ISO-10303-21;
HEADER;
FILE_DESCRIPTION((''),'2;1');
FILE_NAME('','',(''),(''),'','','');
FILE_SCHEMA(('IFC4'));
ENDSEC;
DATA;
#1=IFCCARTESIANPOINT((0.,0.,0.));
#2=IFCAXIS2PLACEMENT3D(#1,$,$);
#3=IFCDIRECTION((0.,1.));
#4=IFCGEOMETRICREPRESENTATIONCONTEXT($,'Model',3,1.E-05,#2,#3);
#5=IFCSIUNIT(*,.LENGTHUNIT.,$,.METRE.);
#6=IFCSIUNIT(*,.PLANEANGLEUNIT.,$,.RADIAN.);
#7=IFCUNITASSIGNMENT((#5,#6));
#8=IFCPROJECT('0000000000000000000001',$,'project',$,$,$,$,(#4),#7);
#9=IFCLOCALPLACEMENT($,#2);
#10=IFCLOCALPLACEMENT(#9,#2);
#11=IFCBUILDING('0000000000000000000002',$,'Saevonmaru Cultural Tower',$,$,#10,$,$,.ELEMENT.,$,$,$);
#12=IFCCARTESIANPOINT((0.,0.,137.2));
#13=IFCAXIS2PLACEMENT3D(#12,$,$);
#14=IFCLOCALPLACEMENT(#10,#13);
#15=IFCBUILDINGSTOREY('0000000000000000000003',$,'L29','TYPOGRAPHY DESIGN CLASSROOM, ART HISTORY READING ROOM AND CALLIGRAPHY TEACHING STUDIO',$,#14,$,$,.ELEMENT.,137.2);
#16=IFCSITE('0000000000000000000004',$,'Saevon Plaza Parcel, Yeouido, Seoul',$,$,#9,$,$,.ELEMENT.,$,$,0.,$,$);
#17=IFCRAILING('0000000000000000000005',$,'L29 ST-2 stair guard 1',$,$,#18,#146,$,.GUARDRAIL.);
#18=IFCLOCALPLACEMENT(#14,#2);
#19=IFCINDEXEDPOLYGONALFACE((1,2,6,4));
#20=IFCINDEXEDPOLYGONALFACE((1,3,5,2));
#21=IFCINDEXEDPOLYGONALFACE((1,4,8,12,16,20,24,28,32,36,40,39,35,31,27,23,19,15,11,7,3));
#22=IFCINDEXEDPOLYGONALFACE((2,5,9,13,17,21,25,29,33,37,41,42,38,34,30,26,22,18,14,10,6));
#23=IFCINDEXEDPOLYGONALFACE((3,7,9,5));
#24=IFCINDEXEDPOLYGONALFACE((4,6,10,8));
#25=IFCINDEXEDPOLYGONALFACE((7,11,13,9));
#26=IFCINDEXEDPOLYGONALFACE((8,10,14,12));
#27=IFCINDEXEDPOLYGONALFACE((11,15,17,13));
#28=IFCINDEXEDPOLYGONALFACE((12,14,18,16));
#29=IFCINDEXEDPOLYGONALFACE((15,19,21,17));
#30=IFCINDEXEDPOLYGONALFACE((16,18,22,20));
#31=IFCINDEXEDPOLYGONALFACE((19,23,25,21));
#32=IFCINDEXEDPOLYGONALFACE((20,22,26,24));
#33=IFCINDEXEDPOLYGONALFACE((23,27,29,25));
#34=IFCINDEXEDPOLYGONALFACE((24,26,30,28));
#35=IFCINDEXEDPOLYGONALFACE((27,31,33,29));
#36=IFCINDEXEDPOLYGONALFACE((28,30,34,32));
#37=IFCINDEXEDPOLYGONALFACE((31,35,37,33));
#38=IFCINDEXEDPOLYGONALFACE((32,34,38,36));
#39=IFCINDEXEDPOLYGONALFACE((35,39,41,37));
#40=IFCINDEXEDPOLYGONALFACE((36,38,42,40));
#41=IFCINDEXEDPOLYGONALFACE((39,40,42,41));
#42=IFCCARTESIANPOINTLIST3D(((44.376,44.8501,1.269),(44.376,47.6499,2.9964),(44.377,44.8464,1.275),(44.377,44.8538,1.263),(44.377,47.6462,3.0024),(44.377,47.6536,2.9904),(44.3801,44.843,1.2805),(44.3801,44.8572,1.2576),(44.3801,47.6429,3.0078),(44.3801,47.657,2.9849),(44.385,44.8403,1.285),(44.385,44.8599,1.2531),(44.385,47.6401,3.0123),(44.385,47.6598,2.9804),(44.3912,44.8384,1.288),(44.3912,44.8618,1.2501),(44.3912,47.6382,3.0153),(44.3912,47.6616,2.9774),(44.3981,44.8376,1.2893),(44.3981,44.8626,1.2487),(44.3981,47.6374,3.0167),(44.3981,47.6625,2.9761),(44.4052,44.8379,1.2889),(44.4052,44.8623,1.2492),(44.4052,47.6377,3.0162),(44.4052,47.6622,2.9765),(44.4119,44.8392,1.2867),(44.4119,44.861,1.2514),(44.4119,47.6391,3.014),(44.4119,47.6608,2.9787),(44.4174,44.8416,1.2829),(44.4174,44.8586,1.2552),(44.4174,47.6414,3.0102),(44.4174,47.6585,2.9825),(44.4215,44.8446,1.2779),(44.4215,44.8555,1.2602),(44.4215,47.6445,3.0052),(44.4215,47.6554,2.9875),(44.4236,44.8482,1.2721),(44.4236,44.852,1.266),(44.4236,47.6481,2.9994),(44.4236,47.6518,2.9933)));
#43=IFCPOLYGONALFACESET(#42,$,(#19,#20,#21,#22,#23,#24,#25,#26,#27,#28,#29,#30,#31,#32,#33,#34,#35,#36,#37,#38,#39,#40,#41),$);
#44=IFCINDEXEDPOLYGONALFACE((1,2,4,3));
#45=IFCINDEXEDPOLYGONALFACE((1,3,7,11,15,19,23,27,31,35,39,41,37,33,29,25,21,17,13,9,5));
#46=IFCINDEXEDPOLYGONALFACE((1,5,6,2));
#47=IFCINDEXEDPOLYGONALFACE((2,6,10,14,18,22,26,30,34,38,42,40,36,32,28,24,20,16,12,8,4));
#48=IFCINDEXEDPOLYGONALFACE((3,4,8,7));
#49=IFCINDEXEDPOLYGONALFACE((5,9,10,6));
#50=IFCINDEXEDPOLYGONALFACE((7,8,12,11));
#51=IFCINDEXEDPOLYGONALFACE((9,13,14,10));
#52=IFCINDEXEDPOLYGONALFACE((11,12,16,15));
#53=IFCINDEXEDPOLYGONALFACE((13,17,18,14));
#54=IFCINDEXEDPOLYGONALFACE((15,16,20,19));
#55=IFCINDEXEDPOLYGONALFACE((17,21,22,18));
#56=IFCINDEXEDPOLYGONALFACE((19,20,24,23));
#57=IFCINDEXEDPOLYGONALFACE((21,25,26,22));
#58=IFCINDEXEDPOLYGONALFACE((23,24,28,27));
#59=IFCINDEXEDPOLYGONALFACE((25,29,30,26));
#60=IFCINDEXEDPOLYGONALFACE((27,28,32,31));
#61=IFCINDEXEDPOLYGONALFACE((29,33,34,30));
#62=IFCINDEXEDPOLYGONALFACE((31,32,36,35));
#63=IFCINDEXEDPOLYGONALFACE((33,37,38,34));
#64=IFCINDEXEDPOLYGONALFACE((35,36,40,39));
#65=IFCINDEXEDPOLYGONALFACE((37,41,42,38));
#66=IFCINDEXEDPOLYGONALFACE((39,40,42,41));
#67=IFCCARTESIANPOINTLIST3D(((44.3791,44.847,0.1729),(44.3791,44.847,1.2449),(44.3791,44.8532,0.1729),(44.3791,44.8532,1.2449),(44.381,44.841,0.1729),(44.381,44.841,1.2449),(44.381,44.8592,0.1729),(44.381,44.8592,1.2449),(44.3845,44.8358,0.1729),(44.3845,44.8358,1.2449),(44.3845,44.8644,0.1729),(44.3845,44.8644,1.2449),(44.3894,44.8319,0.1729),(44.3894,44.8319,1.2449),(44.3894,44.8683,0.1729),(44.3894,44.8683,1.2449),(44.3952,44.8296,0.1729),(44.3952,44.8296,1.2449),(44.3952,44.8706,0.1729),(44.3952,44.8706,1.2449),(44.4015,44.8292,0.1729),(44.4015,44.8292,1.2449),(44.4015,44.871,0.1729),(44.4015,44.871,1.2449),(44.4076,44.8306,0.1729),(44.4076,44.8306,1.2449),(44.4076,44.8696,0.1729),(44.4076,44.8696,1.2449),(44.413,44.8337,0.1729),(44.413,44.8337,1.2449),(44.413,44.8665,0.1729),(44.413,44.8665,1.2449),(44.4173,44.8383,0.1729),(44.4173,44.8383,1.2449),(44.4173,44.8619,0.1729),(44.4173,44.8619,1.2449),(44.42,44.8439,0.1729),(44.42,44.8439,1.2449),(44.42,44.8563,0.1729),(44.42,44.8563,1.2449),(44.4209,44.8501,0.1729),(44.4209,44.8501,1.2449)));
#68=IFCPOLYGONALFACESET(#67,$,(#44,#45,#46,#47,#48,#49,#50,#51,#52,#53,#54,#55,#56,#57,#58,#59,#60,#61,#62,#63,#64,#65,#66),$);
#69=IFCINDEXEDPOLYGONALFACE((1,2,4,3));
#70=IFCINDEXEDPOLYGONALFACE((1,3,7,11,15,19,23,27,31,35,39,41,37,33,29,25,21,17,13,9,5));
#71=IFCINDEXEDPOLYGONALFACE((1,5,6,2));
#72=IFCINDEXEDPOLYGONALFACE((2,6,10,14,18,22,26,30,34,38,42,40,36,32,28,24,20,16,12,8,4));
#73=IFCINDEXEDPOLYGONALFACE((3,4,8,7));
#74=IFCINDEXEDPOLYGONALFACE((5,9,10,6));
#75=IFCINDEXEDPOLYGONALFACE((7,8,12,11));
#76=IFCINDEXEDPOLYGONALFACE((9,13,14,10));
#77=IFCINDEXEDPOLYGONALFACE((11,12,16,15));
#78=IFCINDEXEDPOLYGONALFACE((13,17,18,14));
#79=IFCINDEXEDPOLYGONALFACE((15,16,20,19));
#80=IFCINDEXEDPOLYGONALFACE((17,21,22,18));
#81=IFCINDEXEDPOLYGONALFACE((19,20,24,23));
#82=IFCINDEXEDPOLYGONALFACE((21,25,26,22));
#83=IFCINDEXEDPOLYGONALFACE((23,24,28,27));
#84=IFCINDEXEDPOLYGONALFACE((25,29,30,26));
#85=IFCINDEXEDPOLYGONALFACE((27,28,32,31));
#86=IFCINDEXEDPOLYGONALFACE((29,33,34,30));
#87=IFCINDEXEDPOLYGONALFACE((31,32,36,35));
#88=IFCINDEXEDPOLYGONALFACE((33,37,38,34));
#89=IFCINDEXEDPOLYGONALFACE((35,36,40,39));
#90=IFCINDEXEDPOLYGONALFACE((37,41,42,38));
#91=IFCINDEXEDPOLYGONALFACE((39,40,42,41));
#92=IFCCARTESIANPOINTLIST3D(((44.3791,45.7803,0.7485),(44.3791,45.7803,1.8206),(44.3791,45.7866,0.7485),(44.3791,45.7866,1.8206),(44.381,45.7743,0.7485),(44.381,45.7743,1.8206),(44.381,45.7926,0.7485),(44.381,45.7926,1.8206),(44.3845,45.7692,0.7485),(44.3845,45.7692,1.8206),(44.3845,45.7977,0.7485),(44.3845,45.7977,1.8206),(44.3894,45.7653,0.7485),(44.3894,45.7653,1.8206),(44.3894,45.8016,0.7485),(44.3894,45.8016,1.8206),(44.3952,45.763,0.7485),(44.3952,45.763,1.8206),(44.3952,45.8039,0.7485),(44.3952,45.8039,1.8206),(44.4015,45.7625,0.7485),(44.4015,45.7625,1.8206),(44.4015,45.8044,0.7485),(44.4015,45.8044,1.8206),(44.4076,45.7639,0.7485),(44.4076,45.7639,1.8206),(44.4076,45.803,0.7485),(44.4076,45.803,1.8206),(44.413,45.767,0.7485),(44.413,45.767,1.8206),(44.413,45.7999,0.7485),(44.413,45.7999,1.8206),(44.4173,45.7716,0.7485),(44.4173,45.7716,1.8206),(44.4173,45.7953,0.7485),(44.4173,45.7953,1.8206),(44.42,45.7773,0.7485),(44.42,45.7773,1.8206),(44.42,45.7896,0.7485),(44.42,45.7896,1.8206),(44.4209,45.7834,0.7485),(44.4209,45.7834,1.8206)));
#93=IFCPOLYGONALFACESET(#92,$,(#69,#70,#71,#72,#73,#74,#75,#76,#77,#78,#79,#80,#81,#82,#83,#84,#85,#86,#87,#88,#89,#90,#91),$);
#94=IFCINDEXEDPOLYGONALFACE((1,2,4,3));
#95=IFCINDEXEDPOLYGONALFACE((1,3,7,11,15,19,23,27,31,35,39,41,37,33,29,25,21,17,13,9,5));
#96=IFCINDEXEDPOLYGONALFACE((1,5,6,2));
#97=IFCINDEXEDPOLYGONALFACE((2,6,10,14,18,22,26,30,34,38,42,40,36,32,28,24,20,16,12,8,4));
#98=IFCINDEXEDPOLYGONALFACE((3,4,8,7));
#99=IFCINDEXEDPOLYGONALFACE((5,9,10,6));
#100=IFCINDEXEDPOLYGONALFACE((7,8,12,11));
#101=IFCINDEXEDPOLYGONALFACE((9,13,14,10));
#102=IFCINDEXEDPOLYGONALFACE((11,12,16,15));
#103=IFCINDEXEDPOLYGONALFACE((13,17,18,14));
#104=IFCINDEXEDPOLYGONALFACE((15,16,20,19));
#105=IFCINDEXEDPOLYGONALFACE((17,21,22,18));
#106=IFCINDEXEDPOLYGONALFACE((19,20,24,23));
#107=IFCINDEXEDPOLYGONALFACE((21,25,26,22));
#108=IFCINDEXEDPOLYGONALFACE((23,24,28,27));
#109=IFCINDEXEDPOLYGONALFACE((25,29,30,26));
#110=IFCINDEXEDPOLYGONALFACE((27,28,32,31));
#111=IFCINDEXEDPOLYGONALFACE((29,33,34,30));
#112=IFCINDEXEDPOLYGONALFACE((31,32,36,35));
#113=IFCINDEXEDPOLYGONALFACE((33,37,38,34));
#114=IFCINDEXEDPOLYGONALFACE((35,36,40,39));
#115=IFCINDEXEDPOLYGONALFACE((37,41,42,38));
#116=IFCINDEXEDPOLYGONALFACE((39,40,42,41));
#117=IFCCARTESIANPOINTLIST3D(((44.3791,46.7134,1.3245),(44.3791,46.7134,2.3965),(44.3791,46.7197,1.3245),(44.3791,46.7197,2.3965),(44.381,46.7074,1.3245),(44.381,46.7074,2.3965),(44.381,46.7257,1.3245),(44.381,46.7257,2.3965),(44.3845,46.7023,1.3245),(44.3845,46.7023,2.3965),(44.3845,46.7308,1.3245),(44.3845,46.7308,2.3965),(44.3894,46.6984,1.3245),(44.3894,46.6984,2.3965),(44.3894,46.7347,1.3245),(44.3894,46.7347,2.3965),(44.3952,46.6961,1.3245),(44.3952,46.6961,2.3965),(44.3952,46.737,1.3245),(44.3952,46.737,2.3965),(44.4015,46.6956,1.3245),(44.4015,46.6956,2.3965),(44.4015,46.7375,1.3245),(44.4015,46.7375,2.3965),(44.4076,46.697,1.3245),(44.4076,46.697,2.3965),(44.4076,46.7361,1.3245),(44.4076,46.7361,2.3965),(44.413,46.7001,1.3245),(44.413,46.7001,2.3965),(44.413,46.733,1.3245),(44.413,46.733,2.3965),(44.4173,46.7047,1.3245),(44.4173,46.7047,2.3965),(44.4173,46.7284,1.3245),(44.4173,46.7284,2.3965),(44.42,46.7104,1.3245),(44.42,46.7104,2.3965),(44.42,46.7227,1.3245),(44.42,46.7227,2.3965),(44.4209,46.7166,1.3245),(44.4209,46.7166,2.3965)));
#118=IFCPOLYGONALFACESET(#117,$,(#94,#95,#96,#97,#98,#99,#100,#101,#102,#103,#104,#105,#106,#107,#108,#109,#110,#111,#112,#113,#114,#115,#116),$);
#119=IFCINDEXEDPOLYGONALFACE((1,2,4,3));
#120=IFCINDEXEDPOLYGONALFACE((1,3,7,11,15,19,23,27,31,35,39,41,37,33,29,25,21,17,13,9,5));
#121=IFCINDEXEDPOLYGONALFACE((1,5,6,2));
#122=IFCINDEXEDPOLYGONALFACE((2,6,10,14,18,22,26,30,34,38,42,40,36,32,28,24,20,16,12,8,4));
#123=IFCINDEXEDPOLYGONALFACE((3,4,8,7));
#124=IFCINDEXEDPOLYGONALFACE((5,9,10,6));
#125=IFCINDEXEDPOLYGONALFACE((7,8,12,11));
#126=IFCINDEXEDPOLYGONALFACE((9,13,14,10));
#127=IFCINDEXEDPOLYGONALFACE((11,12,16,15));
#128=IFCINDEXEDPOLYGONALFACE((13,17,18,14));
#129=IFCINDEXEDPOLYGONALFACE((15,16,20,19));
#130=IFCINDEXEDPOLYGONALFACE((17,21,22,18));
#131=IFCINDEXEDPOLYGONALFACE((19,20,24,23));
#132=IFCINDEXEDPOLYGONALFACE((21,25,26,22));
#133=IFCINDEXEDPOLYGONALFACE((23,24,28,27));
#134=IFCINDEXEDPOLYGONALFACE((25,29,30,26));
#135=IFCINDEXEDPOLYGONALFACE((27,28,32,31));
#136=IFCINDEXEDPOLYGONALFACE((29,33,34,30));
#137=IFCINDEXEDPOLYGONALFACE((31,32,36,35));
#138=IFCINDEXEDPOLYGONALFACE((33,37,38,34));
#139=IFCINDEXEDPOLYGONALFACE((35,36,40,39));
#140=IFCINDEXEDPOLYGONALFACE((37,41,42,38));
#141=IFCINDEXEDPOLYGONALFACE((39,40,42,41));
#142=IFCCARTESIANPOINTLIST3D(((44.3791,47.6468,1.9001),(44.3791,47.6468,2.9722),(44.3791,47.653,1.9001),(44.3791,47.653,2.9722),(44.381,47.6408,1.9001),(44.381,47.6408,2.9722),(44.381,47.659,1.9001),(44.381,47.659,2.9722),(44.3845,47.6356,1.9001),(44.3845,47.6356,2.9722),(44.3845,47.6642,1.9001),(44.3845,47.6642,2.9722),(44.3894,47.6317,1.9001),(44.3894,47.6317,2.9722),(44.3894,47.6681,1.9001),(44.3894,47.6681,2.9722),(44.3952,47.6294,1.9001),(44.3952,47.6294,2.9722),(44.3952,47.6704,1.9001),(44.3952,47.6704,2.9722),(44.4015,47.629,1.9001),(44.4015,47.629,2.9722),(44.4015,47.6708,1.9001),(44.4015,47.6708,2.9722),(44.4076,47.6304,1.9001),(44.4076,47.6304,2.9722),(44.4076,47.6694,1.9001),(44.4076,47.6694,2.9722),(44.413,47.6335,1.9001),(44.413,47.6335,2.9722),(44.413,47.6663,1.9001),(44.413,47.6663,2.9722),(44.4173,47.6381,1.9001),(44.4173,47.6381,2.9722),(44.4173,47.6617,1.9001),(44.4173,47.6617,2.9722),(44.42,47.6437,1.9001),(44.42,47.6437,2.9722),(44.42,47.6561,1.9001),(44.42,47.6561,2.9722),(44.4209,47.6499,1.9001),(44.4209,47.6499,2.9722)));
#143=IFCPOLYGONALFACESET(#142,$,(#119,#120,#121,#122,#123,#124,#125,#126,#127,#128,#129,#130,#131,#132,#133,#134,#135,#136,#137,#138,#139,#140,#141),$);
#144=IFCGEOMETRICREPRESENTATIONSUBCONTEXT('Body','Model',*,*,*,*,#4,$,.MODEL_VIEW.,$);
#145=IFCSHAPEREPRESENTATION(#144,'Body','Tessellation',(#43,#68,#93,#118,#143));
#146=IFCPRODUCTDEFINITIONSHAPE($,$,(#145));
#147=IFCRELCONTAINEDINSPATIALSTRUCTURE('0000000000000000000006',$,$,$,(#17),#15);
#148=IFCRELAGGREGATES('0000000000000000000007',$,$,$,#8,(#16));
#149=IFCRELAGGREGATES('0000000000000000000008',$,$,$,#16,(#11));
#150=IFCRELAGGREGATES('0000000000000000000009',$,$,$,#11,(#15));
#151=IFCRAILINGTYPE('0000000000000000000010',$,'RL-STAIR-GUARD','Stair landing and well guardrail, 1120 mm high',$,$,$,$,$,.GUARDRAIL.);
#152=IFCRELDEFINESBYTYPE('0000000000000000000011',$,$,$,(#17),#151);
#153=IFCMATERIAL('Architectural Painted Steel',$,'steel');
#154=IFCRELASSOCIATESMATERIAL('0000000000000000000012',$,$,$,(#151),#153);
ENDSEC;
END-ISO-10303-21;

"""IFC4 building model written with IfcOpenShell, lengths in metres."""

from ifc_helpers import new_model, si_unit, direction, frame, origin, origin_2d, place, context, subcontext, project, spatial, circle, extrude, material, type_object, element, save


model = new_model("IFC4")

# Units and contexts
model_context = context("Model", 3, precision=1e-05, world=origin(), true_north=direction((0.0, 1.0)))
body_context = subcontext(model_context, "Body", "Model", "MODEL_VIEW")
ifc_project = project(units=[si_unit("LENGTHUNIT", "METRE"), si_unit("PLANEANGLEUNIT", "RADIAN")], contexts=[model_context])

# Site, building, storey
site_placement = place(None, origin())
site = spatial("IfcSite", under=ifc_project, at=site_placement, Name="Saevon Plaza Parcel, Yeouido, Seoul", CompositionType="ELEMENT", RefElevation=0.0)
building_placement = place(site_placement, origin())
building = spatial("IfcBuilding", under=site, at=building_placement, Name="Saevonmaru Cultural Tower", CompositionType="ELEMENT")
storey_placement = place(building_placement, frame((0.0, 0.0, 137.2)))
storey = spatial("IfcBuildingStorey", under=building, at=storey_placement, Name="L29", Description="TYPOGRAPHY DESIGN CLASSROOM, ART HISTORY READING ROOM AND CALLIGRAPHY TEACHING STUDIO", CompositionType="ELEMENT", Elevation=137.2)

# Railing
ifc_material_1 = material(Name="Architectural Painted Steel", Category="steel")
railing_type_1 = type_object("IfcRailingType", Name="RL-STAIR-GUARD", Description="Stair landing and well guardrail, 1120 mm high", PredefinedType="GUARDRAIL", material=ifc_material_1)
railing_1_placement = place(storey_placement, frame((44.3999, 44.8501, 0.1729)))
element("IfcRailing", 1, at=railing_1_placement, inside=storey, type_object=railing_type_1, Name="L29 ST-2 stair guard 1", PredefinedType="GUARDRAIL", context=body_context, shape_type="SweptSolid", body=[
    extrude(circle(Radius=0.0239, at=origin_2d()), frame((0.0, 0.0, 1.0962), z_axis=(0.0, 0.851069, 0.525054), x_axis=(-1.0, 0.0, 0.0)), (0.0, 0.0, 1.0), 3.2898),
    extrude(circle(Radius=0.021, at=origin_2d()), origin(), (0.0, 0.0, 1.0), 1.072),
    extrude(circle(Radius=0.021, at=origin_2d()), frame((0.0, 0.9333, 0.5757)), (0.0, 0.0, 1.0), 1.072),
    extrude(circle(Radius=0.021, at=origin_2d()), frame((0.0, 1.8665, 1.1516)), (0.0, 0.0, 1.0), 1.072),
    extrude(circle(Radius=0.021, at=origin_2d()), frame((0.0, 2.7998, 1.7273)), (0.0, 0.0, 1.0), 1.072),
])

save(model, "model.ifc")
